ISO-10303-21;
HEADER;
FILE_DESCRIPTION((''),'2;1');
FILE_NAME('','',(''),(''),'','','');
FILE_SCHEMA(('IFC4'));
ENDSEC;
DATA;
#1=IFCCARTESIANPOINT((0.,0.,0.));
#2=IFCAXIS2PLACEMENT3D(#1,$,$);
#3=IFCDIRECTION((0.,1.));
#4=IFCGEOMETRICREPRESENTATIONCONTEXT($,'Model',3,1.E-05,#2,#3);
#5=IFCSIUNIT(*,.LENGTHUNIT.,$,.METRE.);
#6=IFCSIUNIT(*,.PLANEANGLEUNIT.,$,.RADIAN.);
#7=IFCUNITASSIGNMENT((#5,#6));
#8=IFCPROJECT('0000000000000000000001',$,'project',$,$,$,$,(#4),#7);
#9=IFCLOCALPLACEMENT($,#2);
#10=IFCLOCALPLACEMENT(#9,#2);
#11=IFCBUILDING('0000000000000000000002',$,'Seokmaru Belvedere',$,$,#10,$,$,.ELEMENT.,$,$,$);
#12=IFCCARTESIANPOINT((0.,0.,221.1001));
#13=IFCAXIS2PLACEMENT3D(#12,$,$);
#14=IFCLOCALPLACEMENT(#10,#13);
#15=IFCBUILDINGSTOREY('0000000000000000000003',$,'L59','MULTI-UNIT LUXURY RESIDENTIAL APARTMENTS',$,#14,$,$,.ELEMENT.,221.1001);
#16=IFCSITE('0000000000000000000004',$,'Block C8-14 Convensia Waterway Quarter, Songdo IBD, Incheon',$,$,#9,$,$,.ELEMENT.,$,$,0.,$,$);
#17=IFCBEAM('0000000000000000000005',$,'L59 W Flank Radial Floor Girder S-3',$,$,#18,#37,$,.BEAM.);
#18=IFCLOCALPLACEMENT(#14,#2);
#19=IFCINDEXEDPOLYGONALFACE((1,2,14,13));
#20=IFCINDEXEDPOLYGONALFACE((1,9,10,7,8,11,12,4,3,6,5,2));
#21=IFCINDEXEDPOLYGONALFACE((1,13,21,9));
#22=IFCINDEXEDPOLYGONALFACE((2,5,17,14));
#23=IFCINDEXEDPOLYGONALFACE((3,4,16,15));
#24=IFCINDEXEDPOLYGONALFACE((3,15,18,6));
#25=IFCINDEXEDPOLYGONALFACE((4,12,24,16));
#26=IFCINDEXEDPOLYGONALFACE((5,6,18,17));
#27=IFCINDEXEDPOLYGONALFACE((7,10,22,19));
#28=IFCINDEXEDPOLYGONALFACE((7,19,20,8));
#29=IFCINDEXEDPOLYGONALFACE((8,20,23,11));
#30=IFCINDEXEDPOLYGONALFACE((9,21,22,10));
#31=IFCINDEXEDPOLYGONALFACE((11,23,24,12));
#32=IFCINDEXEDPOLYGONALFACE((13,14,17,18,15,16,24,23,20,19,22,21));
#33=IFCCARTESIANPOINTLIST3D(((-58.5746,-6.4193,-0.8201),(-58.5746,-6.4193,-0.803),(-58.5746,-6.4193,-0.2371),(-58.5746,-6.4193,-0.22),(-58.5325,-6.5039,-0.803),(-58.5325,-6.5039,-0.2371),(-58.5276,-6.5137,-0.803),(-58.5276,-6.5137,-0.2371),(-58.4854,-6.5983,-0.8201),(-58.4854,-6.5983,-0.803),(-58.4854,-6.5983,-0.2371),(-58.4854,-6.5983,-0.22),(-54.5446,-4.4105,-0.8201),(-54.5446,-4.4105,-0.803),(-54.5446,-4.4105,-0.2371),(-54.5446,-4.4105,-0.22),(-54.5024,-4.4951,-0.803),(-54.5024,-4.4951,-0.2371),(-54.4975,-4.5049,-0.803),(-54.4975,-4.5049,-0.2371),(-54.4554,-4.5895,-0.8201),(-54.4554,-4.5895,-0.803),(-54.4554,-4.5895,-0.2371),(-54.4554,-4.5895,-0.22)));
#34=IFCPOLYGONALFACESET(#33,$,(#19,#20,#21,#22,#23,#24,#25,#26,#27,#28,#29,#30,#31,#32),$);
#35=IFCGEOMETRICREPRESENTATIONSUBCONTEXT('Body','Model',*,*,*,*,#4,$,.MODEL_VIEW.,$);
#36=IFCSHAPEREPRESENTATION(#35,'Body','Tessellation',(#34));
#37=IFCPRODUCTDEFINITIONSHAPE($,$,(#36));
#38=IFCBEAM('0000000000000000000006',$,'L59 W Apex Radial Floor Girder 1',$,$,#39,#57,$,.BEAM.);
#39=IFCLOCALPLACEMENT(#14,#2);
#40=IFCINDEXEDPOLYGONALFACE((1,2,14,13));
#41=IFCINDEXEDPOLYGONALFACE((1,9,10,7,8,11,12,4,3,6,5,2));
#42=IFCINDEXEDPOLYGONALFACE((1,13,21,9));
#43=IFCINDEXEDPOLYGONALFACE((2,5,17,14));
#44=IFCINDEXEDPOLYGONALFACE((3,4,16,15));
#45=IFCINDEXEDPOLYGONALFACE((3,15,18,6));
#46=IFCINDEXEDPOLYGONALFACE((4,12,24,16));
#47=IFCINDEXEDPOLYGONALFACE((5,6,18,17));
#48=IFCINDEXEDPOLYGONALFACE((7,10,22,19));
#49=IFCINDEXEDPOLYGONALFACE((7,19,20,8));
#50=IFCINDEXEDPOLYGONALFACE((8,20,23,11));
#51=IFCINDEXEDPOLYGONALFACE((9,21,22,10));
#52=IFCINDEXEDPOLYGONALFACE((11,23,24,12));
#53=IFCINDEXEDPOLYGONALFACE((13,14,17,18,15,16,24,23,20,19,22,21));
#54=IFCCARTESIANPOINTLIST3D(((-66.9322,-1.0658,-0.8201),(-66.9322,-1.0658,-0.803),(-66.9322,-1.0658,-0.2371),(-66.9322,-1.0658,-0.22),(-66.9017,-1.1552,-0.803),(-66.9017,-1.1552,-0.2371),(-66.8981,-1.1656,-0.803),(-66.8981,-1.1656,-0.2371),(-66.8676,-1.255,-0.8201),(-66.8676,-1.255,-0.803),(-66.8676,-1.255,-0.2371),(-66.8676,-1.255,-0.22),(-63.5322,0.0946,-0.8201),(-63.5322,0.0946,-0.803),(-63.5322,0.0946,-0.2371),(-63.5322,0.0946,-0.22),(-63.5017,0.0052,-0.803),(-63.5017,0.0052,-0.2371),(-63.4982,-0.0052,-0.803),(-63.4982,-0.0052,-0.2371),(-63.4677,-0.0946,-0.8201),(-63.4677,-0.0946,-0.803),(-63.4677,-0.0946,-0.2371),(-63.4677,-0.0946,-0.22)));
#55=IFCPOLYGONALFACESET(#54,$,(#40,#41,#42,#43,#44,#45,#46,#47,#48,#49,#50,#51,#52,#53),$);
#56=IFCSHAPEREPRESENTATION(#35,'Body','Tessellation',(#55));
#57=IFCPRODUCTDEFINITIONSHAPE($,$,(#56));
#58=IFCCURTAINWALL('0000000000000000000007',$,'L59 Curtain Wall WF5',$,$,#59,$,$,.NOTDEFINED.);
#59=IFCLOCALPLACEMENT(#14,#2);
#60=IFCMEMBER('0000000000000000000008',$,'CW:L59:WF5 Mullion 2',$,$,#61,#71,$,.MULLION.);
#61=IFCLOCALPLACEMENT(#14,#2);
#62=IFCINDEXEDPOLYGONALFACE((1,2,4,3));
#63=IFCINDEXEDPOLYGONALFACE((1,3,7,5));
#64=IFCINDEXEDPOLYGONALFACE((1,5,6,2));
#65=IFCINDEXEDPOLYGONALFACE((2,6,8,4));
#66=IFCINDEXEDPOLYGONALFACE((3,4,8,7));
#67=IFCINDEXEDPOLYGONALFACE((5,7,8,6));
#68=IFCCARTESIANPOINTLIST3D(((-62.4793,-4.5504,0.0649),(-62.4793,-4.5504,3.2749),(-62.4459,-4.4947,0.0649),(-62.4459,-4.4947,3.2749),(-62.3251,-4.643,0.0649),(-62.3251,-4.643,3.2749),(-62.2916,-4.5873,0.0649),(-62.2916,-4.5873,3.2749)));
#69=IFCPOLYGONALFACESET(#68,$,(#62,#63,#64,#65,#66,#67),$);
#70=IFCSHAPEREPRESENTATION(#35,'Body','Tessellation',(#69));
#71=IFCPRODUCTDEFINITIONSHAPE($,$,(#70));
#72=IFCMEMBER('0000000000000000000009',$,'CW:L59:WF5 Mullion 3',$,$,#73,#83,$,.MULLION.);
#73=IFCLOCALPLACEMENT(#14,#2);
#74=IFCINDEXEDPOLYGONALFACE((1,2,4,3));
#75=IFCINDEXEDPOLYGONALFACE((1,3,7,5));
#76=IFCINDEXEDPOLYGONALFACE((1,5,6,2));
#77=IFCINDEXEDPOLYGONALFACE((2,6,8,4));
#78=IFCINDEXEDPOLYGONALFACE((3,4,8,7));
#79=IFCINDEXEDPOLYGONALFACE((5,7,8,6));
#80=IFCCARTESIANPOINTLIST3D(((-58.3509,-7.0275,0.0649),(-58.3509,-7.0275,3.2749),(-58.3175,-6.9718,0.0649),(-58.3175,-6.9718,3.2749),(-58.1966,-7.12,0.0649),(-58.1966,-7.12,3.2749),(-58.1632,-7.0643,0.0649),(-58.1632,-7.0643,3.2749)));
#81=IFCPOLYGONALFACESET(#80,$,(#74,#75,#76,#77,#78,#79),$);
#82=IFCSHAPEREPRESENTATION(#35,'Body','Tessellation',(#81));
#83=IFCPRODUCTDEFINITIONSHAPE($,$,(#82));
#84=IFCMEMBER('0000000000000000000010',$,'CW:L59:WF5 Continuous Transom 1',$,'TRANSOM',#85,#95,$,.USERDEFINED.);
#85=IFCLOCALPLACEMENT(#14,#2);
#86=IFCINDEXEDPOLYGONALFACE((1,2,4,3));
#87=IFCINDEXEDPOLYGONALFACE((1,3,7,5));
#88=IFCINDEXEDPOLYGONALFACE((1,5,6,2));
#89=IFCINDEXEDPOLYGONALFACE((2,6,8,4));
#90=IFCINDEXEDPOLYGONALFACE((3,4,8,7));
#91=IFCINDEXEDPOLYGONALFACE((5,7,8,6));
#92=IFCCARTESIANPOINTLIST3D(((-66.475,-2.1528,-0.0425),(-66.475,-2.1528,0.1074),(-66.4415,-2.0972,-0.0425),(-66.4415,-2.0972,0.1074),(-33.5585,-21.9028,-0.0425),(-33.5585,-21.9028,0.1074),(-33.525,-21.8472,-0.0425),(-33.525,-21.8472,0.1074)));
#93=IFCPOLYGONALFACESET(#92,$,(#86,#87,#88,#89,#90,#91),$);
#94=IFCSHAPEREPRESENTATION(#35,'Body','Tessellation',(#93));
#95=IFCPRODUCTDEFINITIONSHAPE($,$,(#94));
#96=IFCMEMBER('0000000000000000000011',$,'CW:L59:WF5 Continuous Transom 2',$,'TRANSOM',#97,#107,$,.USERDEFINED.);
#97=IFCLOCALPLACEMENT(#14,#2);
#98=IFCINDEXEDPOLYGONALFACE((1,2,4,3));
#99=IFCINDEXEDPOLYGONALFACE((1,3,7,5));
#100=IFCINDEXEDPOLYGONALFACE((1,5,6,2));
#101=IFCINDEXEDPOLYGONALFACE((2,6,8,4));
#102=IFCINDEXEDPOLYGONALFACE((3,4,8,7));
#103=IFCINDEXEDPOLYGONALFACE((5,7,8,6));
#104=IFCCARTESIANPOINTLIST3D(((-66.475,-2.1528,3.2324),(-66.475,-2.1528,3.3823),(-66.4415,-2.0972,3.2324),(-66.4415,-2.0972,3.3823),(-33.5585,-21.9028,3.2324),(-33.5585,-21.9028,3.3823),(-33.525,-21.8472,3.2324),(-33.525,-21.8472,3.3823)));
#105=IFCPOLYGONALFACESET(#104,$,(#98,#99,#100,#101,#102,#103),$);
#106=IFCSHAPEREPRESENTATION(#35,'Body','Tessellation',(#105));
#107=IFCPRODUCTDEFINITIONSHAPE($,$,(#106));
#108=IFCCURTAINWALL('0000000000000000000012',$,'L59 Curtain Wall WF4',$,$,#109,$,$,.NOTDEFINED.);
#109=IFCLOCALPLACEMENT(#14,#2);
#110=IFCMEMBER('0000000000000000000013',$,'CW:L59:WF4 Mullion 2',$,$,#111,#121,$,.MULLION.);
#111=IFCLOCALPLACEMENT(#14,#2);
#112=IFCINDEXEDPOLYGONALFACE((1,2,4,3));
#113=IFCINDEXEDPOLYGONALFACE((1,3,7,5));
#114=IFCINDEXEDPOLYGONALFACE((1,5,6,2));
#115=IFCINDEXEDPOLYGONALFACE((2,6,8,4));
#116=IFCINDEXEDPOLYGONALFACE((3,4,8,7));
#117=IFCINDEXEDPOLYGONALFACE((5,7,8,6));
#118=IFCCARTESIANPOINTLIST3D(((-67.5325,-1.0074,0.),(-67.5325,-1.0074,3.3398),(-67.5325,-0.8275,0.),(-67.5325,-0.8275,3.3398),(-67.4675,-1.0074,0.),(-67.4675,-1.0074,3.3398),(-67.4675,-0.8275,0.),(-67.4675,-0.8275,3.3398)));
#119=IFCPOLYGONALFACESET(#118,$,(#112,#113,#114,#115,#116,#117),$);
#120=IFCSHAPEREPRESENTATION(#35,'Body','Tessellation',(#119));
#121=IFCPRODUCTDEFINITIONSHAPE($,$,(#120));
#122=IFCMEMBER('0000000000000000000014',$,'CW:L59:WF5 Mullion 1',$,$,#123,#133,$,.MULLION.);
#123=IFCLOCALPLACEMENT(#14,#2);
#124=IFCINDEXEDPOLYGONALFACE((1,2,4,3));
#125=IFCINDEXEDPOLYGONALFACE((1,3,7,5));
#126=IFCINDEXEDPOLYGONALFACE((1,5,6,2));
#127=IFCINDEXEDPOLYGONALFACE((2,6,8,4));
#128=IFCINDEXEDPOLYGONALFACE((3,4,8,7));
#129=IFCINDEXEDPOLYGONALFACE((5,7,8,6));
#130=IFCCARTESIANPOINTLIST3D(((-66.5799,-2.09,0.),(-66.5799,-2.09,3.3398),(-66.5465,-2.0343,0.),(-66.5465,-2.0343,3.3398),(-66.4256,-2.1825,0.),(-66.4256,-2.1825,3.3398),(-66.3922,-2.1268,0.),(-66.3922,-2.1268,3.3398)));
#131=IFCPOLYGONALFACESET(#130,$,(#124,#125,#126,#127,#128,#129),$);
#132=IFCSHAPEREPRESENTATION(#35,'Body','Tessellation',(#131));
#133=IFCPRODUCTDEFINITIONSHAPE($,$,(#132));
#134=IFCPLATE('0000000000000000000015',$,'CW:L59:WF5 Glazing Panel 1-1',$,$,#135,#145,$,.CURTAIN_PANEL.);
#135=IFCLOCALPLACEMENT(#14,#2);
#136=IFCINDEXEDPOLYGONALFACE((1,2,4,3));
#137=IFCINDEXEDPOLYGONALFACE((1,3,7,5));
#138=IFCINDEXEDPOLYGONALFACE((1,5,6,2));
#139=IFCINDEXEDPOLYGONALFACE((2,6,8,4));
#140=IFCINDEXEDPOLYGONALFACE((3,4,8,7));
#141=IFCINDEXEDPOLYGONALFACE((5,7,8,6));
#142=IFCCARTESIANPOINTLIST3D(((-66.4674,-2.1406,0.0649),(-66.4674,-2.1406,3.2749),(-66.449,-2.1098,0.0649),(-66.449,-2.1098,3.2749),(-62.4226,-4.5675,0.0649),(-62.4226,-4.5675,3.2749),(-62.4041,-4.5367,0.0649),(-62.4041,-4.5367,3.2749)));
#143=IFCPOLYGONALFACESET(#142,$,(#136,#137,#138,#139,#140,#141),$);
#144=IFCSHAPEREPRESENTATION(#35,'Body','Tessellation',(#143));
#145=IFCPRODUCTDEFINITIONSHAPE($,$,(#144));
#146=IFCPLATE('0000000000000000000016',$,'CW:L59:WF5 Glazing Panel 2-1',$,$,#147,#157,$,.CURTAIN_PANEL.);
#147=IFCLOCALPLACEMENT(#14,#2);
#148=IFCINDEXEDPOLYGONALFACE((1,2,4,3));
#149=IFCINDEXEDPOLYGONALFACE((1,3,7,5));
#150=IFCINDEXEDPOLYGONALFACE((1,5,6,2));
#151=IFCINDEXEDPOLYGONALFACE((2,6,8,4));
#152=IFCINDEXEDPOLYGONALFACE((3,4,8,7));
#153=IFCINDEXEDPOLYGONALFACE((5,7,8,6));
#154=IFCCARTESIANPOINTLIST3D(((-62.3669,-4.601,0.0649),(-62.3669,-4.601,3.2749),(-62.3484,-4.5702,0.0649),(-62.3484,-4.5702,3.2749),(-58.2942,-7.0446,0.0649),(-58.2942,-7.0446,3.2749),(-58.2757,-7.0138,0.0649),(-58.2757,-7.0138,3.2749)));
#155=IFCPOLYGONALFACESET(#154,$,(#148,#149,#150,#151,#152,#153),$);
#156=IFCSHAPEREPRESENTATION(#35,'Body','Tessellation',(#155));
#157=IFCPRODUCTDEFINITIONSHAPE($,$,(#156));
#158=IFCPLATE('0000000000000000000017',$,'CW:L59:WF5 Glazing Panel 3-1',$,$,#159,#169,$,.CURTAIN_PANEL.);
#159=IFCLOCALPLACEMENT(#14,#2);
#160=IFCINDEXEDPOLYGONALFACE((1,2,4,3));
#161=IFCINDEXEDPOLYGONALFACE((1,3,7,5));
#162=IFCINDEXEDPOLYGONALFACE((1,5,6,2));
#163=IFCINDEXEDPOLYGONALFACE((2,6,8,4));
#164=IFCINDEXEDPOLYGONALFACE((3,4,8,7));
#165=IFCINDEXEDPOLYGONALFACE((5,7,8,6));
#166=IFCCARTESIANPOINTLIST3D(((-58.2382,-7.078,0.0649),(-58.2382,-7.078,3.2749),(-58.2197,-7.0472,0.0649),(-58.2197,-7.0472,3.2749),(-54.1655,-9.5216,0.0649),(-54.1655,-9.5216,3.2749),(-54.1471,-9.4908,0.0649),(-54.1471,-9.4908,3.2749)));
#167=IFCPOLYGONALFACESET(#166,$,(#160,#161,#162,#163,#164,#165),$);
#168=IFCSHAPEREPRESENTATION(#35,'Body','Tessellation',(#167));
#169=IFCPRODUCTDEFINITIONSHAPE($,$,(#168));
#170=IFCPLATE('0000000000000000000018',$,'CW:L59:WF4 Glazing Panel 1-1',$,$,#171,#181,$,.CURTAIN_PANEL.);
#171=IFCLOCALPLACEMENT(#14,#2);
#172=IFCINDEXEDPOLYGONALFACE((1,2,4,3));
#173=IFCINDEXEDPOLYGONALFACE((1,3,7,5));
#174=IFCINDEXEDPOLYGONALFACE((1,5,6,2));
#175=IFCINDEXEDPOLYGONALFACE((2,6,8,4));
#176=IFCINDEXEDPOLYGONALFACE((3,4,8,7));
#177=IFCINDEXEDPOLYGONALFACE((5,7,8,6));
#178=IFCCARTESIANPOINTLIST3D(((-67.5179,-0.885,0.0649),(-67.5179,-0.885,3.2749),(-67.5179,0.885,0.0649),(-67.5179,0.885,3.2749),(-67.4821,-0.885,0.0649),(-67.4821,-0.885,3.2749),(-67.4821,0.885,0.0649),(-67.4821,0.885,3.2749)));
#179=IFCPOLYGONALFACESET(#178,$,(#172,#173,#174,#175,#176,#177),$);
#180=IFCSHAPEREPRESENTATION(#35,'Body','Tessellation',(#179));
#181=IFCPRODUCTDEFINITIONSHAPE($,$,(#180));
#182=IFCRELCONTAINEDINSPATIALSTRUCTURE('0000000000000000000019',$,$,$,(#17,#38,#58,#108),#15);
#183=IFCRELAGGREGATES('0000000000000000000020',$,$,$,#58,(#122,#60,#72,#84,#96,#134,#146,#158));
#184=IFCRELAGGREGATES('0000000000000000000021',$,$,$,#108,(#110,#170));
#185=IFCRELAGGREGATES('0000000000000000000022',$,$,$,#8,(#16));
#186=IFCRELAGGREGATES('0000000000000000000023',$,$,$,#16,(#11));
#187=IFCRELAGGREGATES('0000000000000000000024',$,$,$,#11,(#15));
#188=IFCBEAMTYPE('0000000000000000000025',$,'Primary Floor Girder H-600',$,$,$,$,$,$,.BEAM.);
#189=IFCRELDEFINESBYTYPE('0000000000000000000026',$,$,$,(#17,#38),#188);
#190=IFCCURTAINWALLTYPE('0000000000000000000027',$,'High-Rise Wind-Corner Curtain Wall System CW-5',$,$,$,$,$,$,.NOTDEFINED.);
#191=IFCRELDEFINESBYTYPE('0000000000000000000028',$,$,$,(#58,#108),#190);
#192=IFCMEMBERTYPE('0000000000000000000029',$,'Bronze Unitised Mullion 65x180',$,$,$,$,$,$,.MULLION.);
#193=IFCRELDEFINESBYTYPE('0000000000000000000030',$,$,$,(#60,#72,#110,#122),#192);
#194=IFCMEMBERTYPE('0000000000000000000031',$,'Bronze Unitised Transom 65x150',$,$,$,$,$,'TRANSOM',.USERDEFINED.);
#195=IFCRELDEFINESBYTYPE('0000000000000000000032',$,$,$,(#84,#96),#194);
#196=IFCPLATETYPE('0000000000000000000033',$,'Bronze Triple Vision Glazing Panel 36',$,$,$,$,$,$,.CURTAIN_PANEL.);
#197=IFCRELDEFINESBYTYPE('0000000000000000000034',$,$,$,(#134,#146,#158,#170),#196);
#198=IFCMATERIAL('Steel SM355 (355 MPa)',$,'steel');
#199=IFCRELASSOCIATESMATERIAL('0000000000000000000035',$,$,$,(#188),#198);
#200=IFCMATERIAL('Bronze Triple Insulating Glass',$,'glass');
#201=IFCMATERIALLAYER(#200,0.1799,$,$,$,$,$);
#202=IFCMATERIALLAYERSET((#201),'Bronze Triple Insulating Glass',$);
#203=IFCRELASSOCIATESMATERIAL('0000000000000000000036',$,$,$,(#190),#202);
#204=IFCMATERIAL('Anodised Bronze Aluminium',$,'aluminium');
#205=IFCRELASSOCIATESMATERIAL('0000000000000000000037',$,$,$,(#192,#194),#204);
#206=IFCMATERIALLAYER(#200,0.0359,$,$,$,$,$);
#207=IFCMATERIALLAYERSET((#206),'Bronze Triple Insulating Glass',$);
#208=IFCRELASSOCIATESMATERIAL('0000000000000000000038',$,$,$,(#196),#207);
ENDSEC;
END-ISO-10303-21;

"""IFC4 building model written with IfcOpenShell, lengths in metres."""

from ifc_helpers import new_model, si_unit, direction, frame, origin, origin_2d, place, context, subcontext, project, spatial, rectangle, i_section, extrude, source, transform, mapped, material, layer, layer_set, material_profile, profile_set, type_object, type_shapes, element, aggregate, save


model = new_model("IFC4")

# Units and contexts
model_context = context("Model", 3, precision=1e-05, world=origin(), true_north=direction((0.0, 1.0)))
body_context = subcontext(model_context, "Body", "Model", "MODEL_VIEW")
ifc_project = project(units=[si_unit("LENGTHUNIT", "METRE"), si_unit("PLANEANGLEUNIT", "RADIAN")], contexts=[model_context])

# Site, building, storey
site_placement = place(None, origin())
site = spatial("IfcSite", under=ifc_project, at=site_placement, Name="Block C8-14 Convensia Waterway Quarter, Songdo IBD, Incheon", CompositionType="ELEMENT", RefElevation=0.0)
building_placement = place(site_placement, origin())
building = spatial("IfcBuilding", under=site, at=building_placement, Name="Seokmaru Belvedere", CompositionType="ELEMENT")
storey_placement = place(building_placement, frame((0.0, 0.0, 221.1001)))
storey = spatial("IfcBuildingStorey", under=building, at=storey_placement, Name="L59", Description="MULTI-UNIT LUXURY RESIDENTIAL APARTMENTS", CompositionType="ELEMENT", Elevation=221.1001)

# Shared definitions
ifc_material_1 = material(Name="Steel SM355 (355 MPa)", Category="steel")

# Beams
ifc_material_profile_1 = material_profile(ifc_material_1, i_section(OverallWidth=0.2, OverallDepth=0.6001, WebThickness=0.011, FlangeThickness=0.0171, at=origin_2d()), Name="H-600x200x11x17")
ifc_profile_set_1 = profile_set([ifc_material_profile_1], Name="Steel SM355 (355 MPa)")
beam_type_1 = type_object("IfcBeamType", Name="Primary Floor Girder H-600", PredefinedType="BEAM", material=ifc_profile_set_1)
shared_shape_1 = source(origin(), body_context, "Body", "SweptSolid", [
    extrude(i_section(OverallWidth=0.2, OverallDepth=0.6001, WebThickness=0.011, FlangeThickness=0.0171, at=origin_2d()), origin(), (0.0, 0.0, 1.0), 4.5029),
])
beam_1_placement = place(storey_placement, frame((-58.53, -6.5088, -0.52), z_axis=(0.89498, 0.446107, 0.0), x_axis=(-0.446107, 0.89498, 0.0)))
element("IfcBeam", 1, at=beam_1_placement, inside=storey, type_object=beam_type_1, Name="L59 W Flank Radial Floor Girder S-3", PredefinedType="BEAM", context=body_context, shape_type="MappedRepresentation", body=[
    mapped(shared_shape_1, transform((0.0, 0.0, 0.0), scale=1.0)),
])
shared_shape_2 = source(origin(), body_context, "Body", "SweptSolid", [
    extrude(i_section(OverallWidth=0.2, OverallDepth=0.6001, WebThickness=0.011, FlangeThickness=0.0171, at=origin_2d()), origin(), (0.0, 0.0, 1.0), 3.5925),
])
beam_2_placement = place(storey_placement, frame((-66.8999, -1.1604, -0.52), z_axis=(0.946396, 0.323009, 0.0), x_axis=(-0.323009, 0.946396, 0.0)))
element("IfcBeam", 2, at=beam_2_placement, inside=storey, type_object=beam_type_1, Name="L59 W Apex Radial Floor Girder 1", PredefinedType="BEAM", context=body_context, shape_type="MappedRepresentation", body=[
    mapped(shared_shape_2, transform((0.0, 0.0, 0.0), scale=1.0)),
])

# Curtain wall, members
ifc_material_2 = material(Name="Bronze Triple Insulating Glass", Category="glass")
ifc_layer_1 = layer(ifc_material_2, 0.1799)
ifc_layer_set_1 = layer_set([ifc_layer_1], Name="Bronze Triple Insulating Glass")
curtain_wall_type = type_object("IfcCurtainWallType", Name="High-Rise Wind-Corner Curtain Wall System CW-5", PredefinedType="NOTDEFINED", material=ifc_layer_set_1)
curtain_wall_1_placement = place(storey_placement, origin())
curtain_wall_1 = element("IfcCurtainWall", 3, at=curtain_wall_1_placement, inside=storey, type_object=curtain_wall_type, Name="L59 Curtain Wall WF5", PredefinedType="NOTDEFINED")
ifc_material_3 = material(Name="Anodised Bronze Aluminium", Category="aluminium")
ifc_material_profile_2 = material_profile(ifc_material_3, rectangle(XDim=0.0649, YDim=0.1799, at=origin_2d()), Name="CW-M-65x180")
ifc_profile_set_2 = profile_set([ifc_material_profile_2], Name="Anodised Bronze Aluminium")
member_type_1 = type_object("IfcMemberType", Name="Bronze Unitised Mullion 65x180", PredefinedType="MULLION", material=ifc_profile_set_2)
shared_shape_3 = source(origin(), body_context, "Body", "SweptSolid", [
    extrude(rectangle(XDim=0.0649, YDim=0.1799, at=origin_2d()), origin(), (0.0, 0.0, 1.0), 3.21),
])
member_1_placement = place(storey_placement, frame((-62.3855, -4.5688, 0.0649), z_axis=(0.0, 0.0, 1.0), x_axis=(0.514495, 0.857493, 0.0)))
member_1 = element("IfcMember", 4, at=member_1_placement, type_object=member_type_1, Name="CW:L59:WF5 Mullion 2", PredefinedType="MULLION", context=body_context, shape_type="MappedRepresentation", body=[
    mapped(shared_shape_3, transform((0.0, 0.0, 0.0), scale=1.0)),
])
member_2_placement = place(storey_placement, frame((-58.2571, -7.0459, 0.0649), z_axis=(0.0, 0.0, 1.0), x_axis=(0.514495, 0.857493, 0.0)))
member_2 = element("IfcMember", 5, at=member_2_placement, type_object=member_type_1, Name="CW:L59:WF5 Mullion 3", PredefinedType="MULLION", context=body_context, shape_type="MappedRepresentation", body=[
    mapped(shared_shape_3, transform((0.0, 0.0, 0.0), scale=1.0)),
])
ifc_material_profile_3 = material_profile(ifc_material_3, rectangle(XDim=0.0649, YDim=0.1499, at=origin_2d()), Name="CW-T-65x150")
ifc_profile_set_3 = profile_set([ifc_material_profile_3], Name="Anodised Bronze Aluminium")
member_type_2 = type_object("IfcMemberType", Name="Bronze Unitised Transom 65x150", ElementType="TRANSOM", PredefinedType="USERDEFINED", material=ifc_profile_set_3)
shared_shape_4 = source(origin(), body_context, "Body", "SweptSolid", [
    extrude(rectangle(XDim=0.0649, YDim=0.1499, at=origin_2d()), origin(), (0.0, 0.0, 1.0), 38.387),
])
type_shapes(member_type_2, [shared_shape_4])
member_3_placement = place(storey_placement, frame((-66.4583, -2.125, 0.0325), z_axis=(0.857492, -0.514498, 0.0), x_axis=(0.514498, 0.857492, 0.0)))
member_3 = element("IfcMember", 6, at=member_3_placement, type_object=member_type_2, Name="CW:L59:WF5 Continuous Transom 1", ObjectType="TRANSOM", PredefinedType="USERDEFINED", context=body_context, shape_type="MappedRepresentation", body=[
    mapped(shared_shape_4, transform((0.0, 0.0, 0.0), scale=1.0)),
])
member_4_placement = place(storey_placement, frame((-66.4583, -2.125, 3.3074), z_axis=(0.857492, -0.514498, 0.0), x_axis=(0.514498, 0.857492, 0.0)))
member_4 = element("IfcMember", 7, at=member_4_placement, type_object=member_type_2, Name="CW:L59:WF5 Continuous Transom 2", ObjectType="TRANSOM", PredefinedType="USERDEFINED", context=body_context, shape_type="MappedRepresentation", body=[
    mapped(shared_shape_4, transform((0.0, 0.0, 0.0), scale=1.0)),
])

# Curtain wall, member
curtain_wall_2_placement = place(storey_placement, origin())
curtain_wall_2 = element("IfcCurtainWall", 8, at=curtain_wall_2_placement, inside=storey, type_object=curtain_wall_type, Name="L59 Curtain Wall WF4", PredefinedType="NOTDEFINED")
shared_shape_5 = source(origin(), body_context, "Body", "SweptSolid", [
    extrude(rectangle(XDim=0.0649, YDim=0.1799, at=origin_2d()), origin(), (0.0, 0.0, 1.0), 3.3398),
])
type_shapes(member_type_1, [shared_shape_3, shared_shape_5])
member_5_placement = place(storey_placement, frame((-67.5, -0.9175, 0.0), z_axis=(0.0, 0.0, 1.0), x_axis=(1.0, 0.0, 0.0)))
member_5 = element("IfcMember", 9, at=member_5_placement, type_object=member_type_1, Name="CW:L59:WF4 Mullion 2", PredefinedType="MULLION", context=body_context, shape_type="MappedRepresentation", body=[
    mapped(shared_shape_5, transform((0.0, 0.0, 0.0), scale=1.0)),
])

# Member
member_6_placement = place(storey_placement, frame((-66.4861, -2.1084, 0.0), z_axis=(0.0, 0.0, 1.0), x_axis=(0.514495, 0.857493, 0.0)))
member_6 = element("IfcMember", 10, at=member_6_placement, type_object=member_type_1, Name="CW:L59:WF5 Mullion 1", PredefinedType="MULLION", context=body_context, shape_type="MappedRepresentation", body=[
    mapped(shared_shape_5, transform((0.0, 0.0, 0.0), scale=1.0)),
])

# Plates
ifc_layer_2 = layer(ifc_material_2, 0.0359)
ifc_layer_set_2 = layer_set([ifc_layer_2], Name="Bronze Triple Insulating Glass")
plate_type = type_object("IfcPlateType", Name="Bronze Triple Vision Glazing Panel 36", PredefinedType="CURTAIN_PANEL", material=ifc_layer_set_2)
shared_shape_6 = source(origin(), body_context, "Body", "SweptSolid", [
    extrude(rectangle(XDim=4.717, YDim=0.0359, at=origin_2d()), origin(), (0.0, 0.0, 1.0), 3.21),
])
plate_1_placement = place(storey_placement, frame((-64.4358, -3.3386, 0.0649), z_axis=(0.0, 0.0, 1.0), x_axis=(0.857493, -0.514495, 0.0)))
plate_1 = element("IfcPlate", 11, at=plate_1_placement, type_object=plate_type, Name="CW:L59:WF5 Glazing Panel 1-1", PredefinedType="CURTAIN_PANEL", context=body_context, shape_type="MappedRepresentation", body=[
    mapped(shared_shape_6, transform((0.0, 0.0, 0.0), scale=1.0)),
])
shared_shape_7 = source(origin(), body_context, "Body", "SweptSolid", [
    extrude(rectangle(XDim=4.7495, YDim=0.0359, at=origin_2d()), origin(), (0.0, 0.0, 1.0), 3.21),
])
plate_2_placement = place(storey_placement, frame((-60.3213, -5.8074, 0.0649), z_axis=(0.0, 0.0, 1.0), x_axis=(0.857493, -0.514495, 0.0)))
plate_2 = element("IfcPlate", 12, at=plate_2_placement, type_object=plate_type, Name="CW:L59:WF5 Glazing Panel 2-1", PredefinedType="CURTAIN_PANEL", context=body_context, shape_type="MappedRepresentation", body=[
    mapped(shared_shape_7, transform((0.0, 0.0, 0.0), scale=1.0)),
])
plate_3_placement = place(storey_placement, frame((-56.1926, -8.2844, 0.0649), z_axis=(0.0, 0.0, 1.0), x_axis=(0.857493, -0.514495, 0.0)))
plate_3 = element("IfcPlate", 13, at=plate_3_placement, type_object=plate_type, Name="CW:L59:WF5 Glazing Panel 3-1", PredefinedType="CURTAIN_PANEL", context=body_context, shape_type="MappedRepresentation", body=[
    mapped(shared_shape_7, transform((0.0, 0.0, 0.0), scale=1.0)),
])
aggregate(curtain_wall_1, [member_6, member_1, member_2, member_3, member_4, plate_1, plate_2, plate_3])
shared_shape_8 = source(origin(), body_context, "Body", "SweptSolid", [
    extrude(rectangle(XDim=1.77, YDim=0.0359, at=origin_2d()), origin(), (0.0, 0.0, 1.0), 3.21),
])
type_shapes(plate_type, [shared_shape_6, shared_shape_7, shared_shape_8])
plate_4_placement = place(storey_placement, frame((-67.5, 0.0, 0.0649), z_axis=(0.0, 0.0, 1.0), x_axis=(0.0, -1.0, 0.0)))
plate_4 = element("IfcPlate", 14, at=plate_4_placement, type_object=plate_type, Name="CW:L59:WF4 Glazing Panel 1-1", PredefinedType="CURTAIN_PANEL", context=body_context, shape_type="MappedRepresentation", body=[
    mapped(shared_shape_8, transform((0.0, 0.0, 0.0), scale=1.0)),
])
aggregate(curtain_wall_2, [member_5, plate_4])

save(model, "model.ifc")
